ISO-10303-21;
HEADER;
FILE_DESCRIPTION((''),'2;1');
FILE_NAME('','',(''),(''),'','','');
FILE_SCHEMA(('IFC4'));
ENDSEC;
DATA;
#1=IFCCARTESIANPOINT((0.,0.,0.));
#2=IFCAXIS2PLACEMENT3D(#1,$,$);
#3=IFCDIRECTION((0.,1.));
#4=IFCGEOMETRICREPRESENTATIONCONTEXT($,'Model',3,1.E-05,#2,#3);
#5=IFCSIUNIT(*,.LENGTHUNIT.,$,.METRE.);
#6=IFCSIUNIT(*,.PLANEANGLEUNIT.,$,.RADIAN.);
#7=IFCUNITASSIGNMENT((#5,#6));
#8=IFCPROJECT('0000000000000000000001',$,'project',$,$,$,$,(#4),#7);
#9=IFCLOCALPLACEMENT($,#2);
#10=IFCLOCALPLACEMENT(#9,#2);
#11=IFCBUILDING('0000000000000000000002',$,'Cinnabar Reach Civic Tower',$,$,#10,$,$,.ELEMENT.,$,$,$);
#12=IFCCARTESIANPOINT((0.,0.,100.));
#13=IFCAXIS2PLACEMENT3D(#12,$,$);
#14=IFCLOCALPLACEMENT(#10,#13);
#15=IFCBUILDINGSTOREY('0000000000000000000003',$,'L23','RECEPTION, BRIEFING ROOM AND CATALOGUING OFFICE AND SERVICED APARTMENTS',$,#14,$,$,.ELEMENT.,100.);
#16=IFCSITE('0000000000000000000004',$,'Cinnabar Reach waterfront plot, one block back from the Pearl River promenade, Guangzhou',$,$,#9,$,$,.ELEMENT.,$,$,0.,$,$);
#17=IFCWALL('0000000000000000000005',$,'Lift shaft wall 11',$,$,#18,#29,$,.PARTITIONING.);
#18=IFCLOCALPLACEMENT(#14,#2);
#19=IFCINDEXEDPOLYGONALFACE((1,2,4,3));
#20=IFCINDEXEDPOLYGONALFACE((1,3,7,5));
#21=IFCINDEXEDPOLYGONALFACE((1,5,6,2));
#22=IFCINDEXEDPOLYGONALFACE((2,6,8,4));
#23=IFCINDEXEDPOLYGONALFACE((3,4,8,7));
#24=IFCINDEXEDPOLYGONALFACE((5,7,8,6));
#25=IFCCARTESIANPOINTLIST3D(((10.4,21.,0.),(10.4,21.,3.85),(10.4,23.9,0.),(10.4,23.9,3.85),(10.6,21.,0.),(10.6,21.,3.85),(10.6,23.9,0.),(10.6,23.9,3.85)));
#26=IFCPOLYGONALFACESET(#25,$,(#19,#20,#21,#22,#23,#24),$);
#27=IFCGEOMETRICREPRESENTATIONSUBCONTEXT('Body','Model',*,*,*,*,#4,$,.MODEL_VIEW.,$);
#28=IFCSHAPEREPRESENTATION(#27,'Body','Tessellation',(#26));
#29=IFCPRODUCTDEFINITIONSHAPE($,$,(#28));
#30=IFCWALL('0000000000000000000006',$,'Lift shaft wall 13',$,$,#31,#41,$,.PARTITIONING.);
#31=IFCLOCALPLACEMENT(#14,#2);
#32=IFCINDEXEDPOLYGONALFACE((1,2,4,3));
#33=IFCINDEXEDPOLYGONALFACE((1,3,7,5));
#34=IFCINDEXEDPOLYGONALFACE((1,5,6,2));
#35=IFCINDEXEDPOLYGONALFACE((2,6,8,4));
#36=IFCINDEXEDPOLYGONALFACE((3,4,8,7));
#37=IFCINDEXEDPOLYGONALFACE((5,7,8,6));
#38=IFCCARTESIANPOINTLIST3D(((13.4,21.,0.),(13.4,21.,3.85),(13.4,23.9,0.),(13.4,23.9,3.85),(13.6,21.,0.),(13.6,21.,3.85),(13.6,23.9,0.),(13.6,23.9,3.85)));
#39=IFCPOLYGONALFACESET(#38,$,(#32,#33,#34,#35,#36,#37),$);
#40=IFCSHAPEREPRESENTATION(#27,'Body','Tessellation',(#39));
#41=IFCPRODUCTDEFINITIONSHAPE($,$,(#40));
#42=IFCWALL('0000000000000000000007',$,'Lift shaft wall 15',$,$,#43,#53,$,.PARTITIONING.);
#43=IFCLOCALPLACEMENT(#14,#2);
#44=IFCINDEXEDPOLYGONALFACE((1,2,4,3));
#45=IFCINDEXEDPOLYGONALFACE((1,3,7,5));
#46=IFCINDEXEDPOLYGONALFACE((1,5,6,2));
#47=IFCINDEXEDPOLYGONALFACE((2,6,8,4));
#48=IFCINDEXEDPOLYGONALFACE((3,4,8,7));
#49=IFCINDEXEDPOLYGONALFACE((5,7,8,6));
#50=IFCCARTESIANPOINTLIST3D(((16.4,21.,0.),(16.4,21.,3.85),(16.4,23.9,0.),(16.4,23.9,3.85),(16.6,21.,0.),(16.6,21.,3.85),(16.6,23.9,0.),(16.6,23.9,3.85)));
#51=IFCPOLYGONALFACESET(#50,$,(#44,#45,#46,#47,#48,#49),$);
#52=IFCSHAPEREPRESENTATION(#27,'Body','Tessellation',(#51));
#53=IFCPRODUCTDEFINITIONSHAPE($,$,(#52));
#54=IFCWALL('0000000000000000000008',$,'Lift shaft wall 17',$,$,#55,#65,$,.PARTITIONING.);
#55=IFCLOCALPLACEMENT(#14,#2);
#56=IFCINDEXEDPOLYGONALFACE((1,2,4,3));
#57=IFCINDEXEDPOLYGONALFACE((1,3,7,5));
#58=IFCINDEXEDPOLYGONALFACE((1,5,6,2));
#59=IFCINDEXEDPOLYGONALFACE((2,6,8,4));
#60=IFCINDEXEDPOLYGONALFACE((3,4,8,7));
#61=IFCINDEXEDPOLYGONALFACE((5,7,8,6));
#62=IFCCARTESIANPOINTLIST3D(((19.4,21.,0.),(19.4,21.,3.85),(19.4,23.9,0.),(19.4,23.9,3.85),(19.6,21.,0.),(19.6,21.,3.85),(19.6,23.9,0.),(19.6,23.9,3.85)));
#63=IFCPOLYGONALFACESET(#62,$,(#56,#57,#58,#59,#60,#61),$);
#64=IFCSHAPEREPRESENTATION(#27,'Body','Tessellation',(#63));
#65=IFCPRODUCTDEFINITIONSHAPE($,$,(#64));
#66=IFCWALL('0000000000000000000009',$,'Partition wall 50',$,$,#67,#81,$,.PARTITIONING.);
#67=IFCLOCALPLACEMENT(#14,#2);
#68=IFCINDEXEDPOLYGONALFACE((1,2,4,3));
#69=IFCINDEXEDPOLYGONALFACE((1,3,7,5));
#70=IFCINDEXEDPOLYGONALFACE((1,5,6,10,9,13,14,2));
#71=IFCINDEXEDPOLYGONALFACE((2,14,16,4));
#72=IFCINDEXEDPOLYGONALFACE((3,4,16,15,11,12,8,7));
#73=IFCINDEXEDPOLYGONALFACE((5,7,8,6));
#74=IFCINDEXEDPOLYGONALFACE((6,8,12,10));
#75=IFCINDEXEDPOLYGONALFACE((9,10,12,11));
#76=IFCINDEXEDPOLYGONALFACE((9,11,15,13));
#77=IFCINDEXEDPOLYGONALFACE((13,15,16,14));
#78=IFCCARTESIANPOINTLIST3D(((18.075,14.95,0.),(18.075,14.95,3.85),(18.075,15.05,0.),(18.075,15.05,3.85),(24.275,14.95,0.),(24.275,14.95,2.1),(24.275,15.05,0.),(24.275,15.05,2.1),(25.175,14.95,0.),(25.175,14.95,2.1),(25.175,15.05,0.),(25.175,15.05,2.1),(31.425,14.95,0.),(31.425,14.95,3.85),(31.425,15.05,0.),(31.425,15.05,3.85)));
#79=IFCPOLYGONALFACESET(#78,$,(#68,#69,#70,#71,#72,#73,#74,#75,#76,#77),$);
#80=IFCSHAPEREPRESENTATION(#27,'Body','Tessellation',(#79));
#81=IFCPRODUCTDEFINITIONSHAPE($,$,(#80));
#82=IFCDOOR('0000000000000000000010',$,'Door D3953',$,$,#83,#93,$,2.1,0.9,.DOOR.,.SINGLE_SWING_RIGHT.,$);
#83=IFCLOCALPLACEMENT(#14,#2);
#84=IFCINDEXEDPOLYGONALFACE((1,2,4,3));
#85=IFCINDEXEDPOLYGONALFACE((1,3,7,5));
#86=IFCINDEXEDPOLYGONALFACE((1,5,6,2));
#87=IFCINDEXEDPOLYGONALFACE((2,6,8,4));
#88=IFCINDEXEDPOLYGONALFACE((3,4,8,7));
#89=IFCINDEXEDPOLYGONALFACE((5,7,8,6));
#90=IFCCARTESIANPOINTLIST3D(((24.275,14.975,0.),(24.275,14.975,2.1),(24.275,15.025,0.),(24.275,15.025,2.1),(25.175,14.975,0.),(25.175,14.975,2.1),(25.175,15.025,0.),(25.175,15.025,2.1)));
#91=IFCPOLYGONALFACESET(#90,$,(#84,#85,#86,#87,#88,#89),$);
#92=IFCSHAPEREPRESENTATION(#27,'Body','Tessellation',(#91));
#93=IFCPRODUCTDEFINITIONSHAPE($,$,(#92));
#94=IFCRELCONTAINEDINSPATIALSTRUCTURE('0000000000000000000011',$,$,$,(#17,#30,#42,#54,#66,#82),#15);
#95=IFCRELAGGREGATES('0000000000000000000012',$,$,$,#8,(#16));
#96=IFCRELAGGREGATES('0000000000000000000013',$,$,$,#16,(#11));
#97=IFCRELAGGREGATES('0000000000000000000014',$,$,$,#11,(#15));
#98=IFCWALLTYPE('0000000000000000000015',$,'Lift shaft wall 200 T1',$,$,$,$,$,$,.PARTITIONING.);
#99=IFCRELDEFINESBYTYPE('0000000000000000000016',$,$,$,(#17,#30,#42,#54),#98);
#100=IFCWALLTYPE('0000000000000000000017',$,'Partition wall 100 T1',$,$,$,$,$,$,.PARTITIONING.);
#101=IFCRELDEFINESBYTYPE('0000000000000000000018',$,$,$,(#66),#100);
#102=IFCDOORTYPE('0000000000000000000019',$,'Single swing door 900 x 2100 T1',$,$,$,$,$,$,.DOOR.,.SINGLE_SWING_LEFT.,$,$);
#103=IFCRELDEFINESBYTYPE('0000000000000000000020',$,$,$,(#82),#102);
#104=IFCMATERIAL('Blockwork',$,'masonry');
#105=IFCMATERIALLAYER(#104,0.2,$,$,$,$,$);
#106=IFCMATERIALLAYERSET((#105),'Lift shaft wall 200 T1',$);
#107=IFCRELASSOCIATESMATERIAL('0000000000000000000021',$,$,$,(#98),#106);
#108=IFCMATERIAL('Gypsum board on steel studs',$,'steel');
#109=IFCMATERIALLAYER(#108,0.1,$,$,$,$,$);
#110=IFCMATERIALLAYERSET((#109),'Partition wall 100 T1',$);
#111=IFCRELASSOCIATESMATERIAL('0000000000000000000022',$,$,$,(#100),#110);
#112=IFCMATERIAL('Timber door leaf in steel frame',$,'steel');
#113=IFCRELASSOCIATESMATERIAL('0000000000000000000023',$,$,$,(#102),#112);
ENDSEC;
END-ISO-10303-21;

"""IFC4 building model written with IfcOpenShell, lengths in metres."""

from ifc_helpers import new_model, si_unit, direction, frame, frame_2d, origin, place, context, subcontext, project, spatial, rectangle, extrude, material, layer, layer_set, type_object, element, fill, save


model = new_model("IFC4")

# Units and contexts
model_context = context("Model", 3, precision=1e-05, world=origin(), true_north=direction((0.0, 1.0)))
body_context = subcontext(model_context, "Body", "Model", "MODEL_VIEW")
ifc_project = project(units=[si_unit("LENGTHUNIT", "METRE"), si_unit("PLANEANGLEUNIT", "RADIAN")], contexts=[model_context])

# Site, building, storey
site_placement = place(None, origin())
site = spatial("IfcSite", under=ifc_project, at=site_placement, Name="Cinnabar Reach waterfront plot, one block back from the Pearl River promenade, Guangzhou", CompositionType="ELEMENT", RefElevation=0.0)
building_placement = place(site_placement, origin())
building = spatial("IfcBuilding", under=site, at=building_placement, Name="Cinnabar Reach Civic Tower", CompositionType="ELEMENT")
storey_placement = place(building_placement, frame((0.0, 0.0, 100.0)))
storey = spatial("IfcBuildingStorey", under=building, at=storey_placement, Name="L23", Description="RECEPTION, BRIEFING ROOM AND CATALOGUING OFFICE AND SERVICED APARTMENTS", CompositionType="ELEMENT", Elevation=100.0)

# Shared definitions
ifc_material_1 = material(Name="Timber door leaf in steel frame", Category="steel")

# Walls
ifc_material_2 = material(Name="Blockwork", Category="masonry")
ifc_layer_1 = layer(ifc_material_2, 0.2)
ifc_layer_set_1 = layer_set([ifc_layer_1], Name="Lift shaft wall 200 T1")
wall_type_1 = type_object("IfcWallType", Name="Lift shaft wall 200 T1", PredefinedType="PARTITIONING", material=ifc_layer_set_1)
for number, where, z_axis, x_axis, name in (
    (1, (10.5, 21.0, 0.0), (0.0, 0.0, 1.0), (0.0, 1.0, 0.0), "Lift shaft wall 11"),
    (2, (13.5, 21.0, 0.0), (0.0, 0.0, 1.0), (0.0, 1.0, 0.0), "Lift shaft wall 13"),
    (3, (16.5, 21.0, 0.0), (0.0, 0.0, 1.0), (0.0, 1.0, 0.0), "Lift shaft wall 15"),
    (4, (19.5, 21.0, 0.0), (0.0, 0.0, 1.0), (0.0, 1.0, 0.0), "Lift shaft wall 17"),
):
    element("IfcWall", number, at=place(storey_placement, frame(where, z_axis=z_axis, x_axis=x_axis)), inside=storey, type_object=wall_type_1, Name=name, PredefinedType="PARTITIONING", context=body_context, shape_type="SweptSolid", body=[
        extrude(rectangle(XDim=2.9, YDim=0.2, at=frame_2d((1.45, 0.0))), origin(), (0.0, 0.0, 1.0), 3.85),
    ])

# Wall, opening, door
ifc_material_3 = material(Name="Gypsum board on steel studs", Category="steel")
ifc_layer_2 = layer(ifc_material_3, 0.1)
ifc_layer_set_2 = layer_set([ifc_layer_2], Name="Partition wall 100 T1")
wall_type_2 = type_object("IfcWallType", Name="Partition wall 100 T1", PredefinedType="PARTITIONING", material=ifc_layer_set_2)
wall_1_placement = place(storey_placement, frame((18.075, 15.0, 0.0), z_axis=(0.0, 0.0, 1.0), x_axis=(1.0, 0.0, 0.0)))
wall_1 = element("IfcWall", 5, at=wall_1_placement, inside=storey, type_object=wall_type_2, Name="Partition wall 50", PredefinedType="PARTITIONING", context=body_context, shape_type="SweptSolid", body=[
    extrude(rectangle(XDim=13.35, YDim=0.1, at=frame_2d((6.675, 0.0))), origin(), (0.0, 0.0, 1.0), 3.85),
])
opening_1_placement = place(wall_1_placement, frame((6.2, 0.0, 0.0)))
opening_1 = element("IfcOpeningElement", 6, at=opening_1_placement, cuts=wall_1, PredefinedType="OPENING", context=body_context, shape_type="SweptSolid", body=[
    extrude(rectangle(XDim=0.9, YDim=2.1, at=frame_2d((0.45, 1.05))), frame((0.0, 0.06, 0.0), z_axis=(0.0, -1.0, 0.0), x_axis=(1.0, 0.0, 0.0)), (0.0, 0.0, 1.0), 0.12),
])
door_type_1 = type_object("IfcDoorType", Name="Single swing door 900 x 2100 T1", OperationType="SINGLE_SWING_LEFT", PredefinedType="DOOR", material=ifc_material_1)
door_1_placement = place(opening_1_placement, origin())
door_1 = element("IfcDoor", 7, at=door_1_placement, inside=storey, type_object=door_type_1, Name="Door D3953", OperationType="SINGLE_SWING_RIGHT", OverallHeight=2.1, OverallWidth=0.9, PredefinedType="DOOR", context=body_context, shape_type="SweptSolid", body=[
    extrude(rectangle(XDim=0.9, YDim=2.1, at=frame_2d((0.45, 1.05))), frame((0.0, 0.025, 0.0), z_axis=(0.0, -1.0, 0.0), x_axis=(1.0, 0.0, 0.0)), (0.0, 0.0, 1.0), 0.05),
])
fill(opening_1, door_1)

save(model, "model.ifc")
